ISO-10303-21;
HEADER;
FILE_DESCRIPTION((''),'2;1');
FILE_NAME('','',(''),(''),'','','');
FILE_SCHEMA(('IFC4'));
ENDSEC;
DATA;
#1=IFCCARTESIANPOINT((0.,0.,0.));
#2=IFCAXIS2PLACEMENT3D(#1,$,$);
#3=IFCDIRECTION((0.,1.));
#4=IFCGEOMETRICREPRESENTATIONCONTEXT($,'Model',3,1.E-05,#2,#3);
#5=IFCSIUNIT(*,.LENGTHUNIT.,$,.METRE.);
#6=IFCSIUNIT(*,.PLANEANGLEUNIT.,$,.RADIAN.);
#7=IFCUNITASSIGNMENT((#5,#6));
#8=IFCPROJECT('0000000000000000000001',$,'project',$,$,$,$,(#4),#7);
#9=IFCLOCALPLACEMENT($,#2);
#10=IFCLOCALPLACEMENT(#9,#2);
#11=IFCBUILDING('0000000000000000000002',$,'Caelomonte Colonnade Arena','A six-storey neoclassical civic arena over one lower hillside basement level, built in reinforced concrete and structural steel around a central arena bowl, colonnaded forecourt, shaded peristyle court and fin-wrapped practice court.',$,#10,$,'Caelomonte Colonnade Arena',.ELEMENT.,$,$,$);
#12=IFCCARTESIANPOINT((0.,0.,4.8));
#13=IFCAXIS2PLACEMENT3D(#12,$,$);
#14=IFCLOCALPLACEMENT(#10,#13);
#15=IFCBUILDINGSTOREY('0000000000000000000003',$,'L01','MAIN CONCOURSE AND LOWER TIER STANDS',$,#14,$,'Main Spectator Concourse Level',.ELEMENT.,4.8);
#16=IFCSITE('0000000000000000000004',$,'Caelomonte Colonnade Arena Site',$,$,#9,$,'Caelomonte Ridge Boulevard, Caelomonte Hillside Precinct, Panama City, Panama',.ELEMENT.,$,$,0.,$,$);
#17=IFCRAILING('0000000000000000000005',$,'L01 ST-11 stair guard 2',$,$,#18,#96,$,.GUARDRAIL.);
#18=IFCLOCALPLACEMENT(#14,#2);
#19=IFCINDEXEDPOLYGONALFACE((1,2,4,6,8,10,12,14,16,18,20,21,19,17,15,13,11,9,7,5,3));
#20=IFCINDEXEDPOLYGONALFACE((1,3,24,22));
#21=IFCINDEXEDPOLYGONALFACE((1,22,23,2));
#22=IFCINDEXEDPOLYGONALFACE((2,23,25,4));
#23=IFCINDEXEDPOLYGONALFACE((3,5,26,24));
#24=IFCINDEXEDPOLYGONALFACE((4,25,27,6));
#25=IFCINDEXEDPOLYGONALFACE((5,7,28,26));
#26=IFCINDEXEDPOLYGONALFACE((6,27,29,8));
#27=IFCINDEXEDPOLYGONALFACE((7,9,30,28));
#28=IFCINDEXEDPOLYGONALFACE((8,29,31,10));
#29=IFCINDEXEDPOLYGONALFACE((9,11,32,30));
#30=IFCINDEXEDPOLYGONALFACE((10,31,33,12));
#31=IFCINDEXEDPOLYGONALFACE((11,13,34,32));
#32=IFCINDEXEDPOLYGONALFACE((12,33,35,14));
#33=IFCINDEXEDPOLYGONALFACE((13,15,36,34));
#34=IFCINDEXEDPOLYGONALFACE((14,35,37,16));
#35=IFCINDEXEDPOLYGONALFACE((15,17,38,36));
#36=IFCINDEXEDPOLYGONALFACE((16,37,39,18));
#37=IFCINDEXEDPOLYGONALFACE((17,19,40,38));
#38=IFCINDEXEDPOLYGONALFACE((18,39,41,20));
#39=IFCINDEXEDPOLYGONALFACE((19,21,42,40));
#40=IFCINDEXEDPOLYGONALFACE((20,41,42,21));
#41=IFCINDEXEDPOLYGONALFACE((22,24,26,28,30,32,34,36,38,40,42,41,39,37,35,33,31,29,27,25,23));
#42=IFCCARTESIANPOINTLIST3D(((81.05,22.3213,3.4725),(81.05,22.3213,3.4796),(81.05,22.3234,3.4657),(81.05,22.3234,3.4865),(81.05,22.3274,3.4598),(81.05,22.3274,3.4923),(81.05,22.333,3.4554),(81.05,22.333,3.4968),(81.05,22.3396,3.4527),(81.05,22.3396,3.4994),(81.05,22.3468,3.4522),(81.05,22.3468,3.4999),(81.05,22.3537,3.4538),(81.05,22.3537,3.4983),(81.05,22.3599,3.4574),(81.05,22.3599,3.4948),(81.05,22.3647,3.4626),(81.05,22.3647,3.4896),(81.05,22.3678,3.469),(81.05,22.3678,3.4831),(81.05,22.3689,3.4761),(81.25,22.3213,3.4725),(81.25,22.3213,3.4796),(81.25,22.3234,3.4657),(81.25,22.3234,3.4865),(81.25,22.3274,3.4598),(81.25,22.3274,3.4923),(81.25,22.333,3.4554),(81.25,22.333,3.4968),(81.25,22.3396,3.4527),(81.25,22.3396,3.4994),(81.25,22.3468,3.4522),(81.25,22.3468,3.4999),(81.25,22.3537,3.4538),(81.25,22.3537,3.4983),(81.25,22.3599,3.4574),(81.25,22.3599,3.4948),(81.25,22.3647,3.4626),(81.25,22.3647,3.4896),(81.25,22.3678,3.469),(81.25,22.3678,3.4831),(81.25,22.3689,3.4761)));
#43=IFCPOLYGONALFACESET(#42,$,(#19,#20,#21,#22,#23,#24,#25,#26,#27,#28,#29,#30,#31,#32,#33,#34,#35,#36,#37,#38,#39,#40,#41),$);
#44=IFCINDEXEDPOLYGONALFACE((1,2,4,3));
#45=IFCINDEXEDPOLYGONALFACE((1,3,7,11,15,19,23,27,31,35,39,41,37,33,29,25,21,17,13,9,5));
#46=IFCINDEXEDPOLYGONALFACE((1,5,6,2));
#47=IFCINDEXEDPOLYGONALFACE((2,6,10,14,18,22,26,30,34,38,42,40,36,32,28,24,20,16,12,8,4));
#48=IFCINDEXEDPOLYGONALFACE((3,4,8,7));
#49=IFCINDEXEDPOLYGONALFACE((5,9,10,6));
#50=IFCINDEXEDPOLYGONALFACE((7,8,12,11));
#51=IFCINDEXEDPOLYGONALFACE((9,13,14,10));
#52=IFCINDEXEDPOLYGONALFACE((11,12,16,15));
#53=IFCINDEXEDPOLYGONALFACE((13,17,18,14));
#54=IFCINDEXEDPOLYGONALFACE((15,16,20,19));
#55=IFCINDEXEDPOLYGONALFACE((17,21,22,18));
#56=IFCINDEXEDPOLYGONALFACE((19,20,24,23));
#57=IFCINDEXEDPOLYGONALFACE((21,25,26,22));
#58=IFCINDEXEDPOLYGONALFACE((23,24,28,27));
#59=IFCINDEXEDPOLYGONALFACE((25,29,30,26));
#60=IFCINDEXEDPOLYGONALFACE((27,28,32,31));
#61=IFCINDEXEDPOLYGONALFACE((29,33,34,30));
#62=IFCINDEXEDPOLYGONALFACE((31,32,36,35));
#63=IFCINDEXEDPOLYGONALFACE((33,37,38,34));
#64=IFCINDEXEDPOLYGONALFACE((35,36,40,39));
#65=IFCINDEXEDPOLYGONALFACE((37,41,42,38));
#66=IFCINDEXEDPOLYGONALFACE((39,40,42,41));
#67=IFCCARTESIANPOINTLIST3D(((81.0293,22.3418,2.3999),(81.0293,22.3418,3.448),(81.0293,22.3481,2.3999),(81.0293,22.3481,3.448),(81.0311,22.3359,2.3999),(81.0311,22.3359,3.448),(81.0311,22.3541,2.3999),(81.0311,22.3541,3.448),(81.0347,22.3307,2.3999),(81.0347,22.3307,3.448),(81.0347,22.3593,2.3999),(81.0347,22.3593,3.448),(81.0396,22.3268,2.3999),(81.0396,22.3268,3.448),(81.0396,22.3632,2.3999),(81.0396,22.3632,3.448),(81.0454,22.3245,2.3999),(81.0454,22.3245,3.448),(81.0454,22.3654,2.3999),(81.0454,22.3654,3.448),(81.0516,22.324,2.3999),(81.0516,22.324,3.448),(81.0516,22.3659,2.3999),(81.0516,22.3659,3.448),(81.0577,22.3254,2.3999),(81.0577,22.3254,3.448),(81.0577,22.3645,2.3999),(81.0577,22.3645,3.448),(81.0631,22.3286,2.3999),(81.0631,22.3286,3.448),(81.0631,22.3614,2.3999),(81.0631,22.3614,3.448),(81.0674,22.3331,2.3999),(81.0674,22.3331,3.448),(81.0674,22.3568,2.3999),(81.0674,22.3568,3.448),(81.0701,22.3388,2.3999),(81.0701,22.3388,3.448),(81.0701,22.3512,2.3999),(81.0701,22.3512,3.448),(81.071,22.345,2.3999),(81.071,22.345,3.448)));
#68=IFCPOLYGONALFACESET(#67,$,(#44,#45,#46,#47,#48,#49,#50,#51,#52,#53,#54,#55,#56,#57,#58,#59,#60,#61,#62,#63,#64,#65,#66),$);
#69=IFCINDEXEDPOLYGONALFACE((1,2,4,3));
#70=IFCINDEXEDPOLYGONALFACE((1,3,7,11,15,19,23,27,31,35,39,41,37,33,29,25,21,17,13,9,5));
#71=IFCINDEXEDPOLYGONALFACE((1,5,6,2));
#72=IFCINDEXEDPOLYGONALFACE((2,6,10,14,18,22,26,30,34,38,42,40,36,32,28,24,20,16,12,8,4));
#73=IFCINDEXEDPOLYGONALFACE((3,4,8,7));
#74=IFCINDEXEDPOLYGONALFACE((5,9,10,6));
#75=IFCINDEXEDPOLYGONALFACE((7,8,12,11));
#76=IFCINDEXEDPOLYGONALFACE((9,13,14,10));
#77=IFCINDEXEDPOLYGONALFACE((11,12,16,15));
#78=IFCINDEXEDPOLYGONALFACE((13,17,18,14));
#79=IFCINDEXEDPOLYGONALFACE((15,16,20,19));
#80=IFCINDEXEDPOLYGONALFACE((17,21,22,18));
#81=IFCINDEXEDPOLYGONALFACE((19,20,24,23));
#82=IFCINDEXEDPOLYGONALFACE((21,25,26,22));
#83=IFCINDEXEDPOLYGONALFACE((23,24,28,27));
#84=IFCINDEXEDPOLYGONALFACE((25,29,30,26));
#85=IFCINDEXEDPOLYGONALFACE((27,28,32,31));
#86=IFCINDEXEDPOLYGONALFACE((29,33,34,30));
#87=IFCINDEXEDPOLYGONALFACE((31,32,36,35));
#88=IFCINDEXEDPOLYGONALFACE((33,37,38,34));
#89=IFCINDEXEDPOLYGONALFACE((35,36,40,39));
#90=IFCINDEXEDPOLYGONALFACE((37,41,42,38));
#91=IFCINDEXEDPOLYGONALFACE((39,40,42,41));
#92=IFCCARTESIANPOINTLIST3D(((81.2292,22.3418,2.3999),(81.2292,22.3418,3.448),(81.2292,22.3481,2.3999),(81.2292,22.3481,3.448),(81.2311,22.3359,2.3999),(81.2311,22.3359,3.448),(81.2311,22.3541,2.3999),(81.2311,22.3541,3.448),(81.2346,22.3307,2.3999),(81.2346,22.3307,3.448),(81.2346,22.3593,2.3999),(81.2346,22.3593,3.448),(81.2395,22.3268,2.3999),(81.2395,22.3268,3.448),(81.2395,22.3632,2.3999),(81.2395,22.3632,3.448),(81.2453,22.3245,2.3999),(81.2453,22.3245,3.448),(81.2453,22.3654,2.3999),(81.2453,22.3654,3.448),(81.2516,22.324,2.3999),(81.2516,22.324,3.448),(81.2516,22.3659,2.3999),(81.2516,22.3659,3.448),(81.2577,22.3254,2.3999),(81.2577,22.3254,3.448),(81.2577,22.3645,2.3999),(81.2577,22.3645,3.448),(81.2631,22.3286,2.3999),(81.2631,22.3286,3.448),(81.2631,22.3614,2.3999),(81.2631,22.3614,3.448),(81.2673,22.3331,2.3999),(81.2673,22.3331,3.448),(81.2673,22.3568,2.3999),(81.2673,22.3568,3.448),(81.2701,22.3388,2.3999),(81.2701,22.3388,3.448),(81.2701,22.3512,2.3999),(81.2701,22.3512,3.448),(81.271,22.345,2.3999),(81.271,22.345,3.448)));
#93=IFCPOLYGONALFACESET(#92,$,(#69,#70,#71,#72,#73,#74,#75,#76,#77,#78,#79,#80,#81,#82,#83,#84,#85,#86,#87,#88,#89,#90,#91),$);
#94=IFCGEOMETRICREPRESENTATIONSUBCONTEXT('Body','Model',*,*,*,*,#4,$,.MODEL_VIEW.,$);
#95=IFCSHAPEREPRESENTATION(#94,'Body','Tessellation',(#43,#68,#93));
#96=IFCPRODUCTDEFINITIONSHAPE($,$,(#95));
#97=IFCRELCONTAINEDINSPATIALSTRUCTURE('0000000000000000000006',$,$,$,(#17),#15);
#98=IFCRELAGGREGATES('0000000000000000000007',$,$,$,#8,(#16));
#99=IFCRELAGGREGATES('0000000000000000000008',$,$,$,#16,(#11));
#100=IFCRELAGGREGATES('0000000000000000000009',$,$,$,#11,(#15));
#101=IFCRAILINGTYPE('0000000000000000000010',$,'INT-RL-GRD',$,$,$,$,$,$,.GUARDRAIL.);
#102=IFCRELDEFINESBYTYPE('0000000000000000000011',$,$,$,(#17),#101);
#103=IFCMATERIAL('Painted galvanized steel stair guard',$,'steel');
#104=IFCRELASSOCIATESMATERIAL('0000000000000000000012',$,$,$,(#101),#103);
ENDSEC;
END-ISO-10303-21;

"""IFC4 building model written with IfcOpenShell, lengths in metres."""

from ifc_helpers import new_model, si_unit, direction, frame, origin, origin_2d, place, context, subcontext, project, spatial, circle, extrude, material, type_object, element, save


model = new_model("IFC4")

# Units and contexts
model_context = context("Model", 3, precision=1e-05, world=origin(), true_north=direction((0.0, 1.0)))
body_context = subcontext(model_context, "Body", "Model", "MODEL_VIEW")
ifc_project = project(units=[si_unit("LENGTHUNIT", "METRE"), si_unit("PLANEANGLEUNIT", "RADIAN")], contexts=[model_context])

# Site, building, storey
site_placement = place(None, origin())
site = spatial("IfcSite", under=ifc_project, at=site_placement, Name="Caelomonte Colonnade Arena Site", LongName="Caelomonte Ridge Boulevard, Caelomonte Hillside Precinct, Panama City, Panama", CompositionType="ELEMENT", RefElevation=0.0)
building_placement = place(site_placement, origin())
building = spatial("IfcBuilding", under=site, at=building_placement, Name="Caelomonte Colonnade Arena", Description="A six-storey neoclassical civic arena over one lower hillside basement level, built in reinforced concrete and structural steel around a central arena bowl, colonnaded forecourt, shaded peristyle court and fin-wrapped practice court.", LongName="Caelomonte Colonnade Arena", CompositionType="ELEMENT")
storey_placement = place(building_placement, frame((0.0, 0.0, 4.8)))
storey = spatial("IfcBuildingStorey", under=building, at=storey_placement, Name="L01", Description="MAIN CONCOURSE AND LOWER TIER STANDS", LongName="Main Spectator Concourse Level", CompositionType="ELEMENT", Elevation=4.8)

# Railing
ifc_material_1 = material(Name="Painted galvanized steel stair guard", Category="steel")
railing_type_1 = type_object("IfcRailingType", Name="INT-RL-GRD", PredefinedType="GUARDRAIL", material=ifc_material_1)
railing_1_placement = place(storey_placement, frame((81.05, 22.345, 2.3999)))
element("IfcRailing", 1, at=railing_1_placement, inside=storey, type_object=railing_type_1, Name="L01 ST-11 stair guard 2", PredefinedType="GUARDRAIL", context=body_context, shape_type="SweptSolid", body=[
    extrude(circle(Radius=0.0239, at=origin_2d()), frame((0.0, 0.0, 1.0762), z_axis=(1.0, 0.0, 0.0), x_axis=(0.0, 1.0, 0.0)), (0.0, 0.0, 1.0), 0.2),
    extrude(circle(Radius=0.021, at=origin_2d()), origin(), (0.0, 0.0, 1.0), 1.0481),
    extrude(circle(Radius=0.021, at=origin_2d()), frame((0.2, 0.0, 0.0)), (0.0, 0.0, 1.0), 1.0481),
])

save(model, "model.ifc")
